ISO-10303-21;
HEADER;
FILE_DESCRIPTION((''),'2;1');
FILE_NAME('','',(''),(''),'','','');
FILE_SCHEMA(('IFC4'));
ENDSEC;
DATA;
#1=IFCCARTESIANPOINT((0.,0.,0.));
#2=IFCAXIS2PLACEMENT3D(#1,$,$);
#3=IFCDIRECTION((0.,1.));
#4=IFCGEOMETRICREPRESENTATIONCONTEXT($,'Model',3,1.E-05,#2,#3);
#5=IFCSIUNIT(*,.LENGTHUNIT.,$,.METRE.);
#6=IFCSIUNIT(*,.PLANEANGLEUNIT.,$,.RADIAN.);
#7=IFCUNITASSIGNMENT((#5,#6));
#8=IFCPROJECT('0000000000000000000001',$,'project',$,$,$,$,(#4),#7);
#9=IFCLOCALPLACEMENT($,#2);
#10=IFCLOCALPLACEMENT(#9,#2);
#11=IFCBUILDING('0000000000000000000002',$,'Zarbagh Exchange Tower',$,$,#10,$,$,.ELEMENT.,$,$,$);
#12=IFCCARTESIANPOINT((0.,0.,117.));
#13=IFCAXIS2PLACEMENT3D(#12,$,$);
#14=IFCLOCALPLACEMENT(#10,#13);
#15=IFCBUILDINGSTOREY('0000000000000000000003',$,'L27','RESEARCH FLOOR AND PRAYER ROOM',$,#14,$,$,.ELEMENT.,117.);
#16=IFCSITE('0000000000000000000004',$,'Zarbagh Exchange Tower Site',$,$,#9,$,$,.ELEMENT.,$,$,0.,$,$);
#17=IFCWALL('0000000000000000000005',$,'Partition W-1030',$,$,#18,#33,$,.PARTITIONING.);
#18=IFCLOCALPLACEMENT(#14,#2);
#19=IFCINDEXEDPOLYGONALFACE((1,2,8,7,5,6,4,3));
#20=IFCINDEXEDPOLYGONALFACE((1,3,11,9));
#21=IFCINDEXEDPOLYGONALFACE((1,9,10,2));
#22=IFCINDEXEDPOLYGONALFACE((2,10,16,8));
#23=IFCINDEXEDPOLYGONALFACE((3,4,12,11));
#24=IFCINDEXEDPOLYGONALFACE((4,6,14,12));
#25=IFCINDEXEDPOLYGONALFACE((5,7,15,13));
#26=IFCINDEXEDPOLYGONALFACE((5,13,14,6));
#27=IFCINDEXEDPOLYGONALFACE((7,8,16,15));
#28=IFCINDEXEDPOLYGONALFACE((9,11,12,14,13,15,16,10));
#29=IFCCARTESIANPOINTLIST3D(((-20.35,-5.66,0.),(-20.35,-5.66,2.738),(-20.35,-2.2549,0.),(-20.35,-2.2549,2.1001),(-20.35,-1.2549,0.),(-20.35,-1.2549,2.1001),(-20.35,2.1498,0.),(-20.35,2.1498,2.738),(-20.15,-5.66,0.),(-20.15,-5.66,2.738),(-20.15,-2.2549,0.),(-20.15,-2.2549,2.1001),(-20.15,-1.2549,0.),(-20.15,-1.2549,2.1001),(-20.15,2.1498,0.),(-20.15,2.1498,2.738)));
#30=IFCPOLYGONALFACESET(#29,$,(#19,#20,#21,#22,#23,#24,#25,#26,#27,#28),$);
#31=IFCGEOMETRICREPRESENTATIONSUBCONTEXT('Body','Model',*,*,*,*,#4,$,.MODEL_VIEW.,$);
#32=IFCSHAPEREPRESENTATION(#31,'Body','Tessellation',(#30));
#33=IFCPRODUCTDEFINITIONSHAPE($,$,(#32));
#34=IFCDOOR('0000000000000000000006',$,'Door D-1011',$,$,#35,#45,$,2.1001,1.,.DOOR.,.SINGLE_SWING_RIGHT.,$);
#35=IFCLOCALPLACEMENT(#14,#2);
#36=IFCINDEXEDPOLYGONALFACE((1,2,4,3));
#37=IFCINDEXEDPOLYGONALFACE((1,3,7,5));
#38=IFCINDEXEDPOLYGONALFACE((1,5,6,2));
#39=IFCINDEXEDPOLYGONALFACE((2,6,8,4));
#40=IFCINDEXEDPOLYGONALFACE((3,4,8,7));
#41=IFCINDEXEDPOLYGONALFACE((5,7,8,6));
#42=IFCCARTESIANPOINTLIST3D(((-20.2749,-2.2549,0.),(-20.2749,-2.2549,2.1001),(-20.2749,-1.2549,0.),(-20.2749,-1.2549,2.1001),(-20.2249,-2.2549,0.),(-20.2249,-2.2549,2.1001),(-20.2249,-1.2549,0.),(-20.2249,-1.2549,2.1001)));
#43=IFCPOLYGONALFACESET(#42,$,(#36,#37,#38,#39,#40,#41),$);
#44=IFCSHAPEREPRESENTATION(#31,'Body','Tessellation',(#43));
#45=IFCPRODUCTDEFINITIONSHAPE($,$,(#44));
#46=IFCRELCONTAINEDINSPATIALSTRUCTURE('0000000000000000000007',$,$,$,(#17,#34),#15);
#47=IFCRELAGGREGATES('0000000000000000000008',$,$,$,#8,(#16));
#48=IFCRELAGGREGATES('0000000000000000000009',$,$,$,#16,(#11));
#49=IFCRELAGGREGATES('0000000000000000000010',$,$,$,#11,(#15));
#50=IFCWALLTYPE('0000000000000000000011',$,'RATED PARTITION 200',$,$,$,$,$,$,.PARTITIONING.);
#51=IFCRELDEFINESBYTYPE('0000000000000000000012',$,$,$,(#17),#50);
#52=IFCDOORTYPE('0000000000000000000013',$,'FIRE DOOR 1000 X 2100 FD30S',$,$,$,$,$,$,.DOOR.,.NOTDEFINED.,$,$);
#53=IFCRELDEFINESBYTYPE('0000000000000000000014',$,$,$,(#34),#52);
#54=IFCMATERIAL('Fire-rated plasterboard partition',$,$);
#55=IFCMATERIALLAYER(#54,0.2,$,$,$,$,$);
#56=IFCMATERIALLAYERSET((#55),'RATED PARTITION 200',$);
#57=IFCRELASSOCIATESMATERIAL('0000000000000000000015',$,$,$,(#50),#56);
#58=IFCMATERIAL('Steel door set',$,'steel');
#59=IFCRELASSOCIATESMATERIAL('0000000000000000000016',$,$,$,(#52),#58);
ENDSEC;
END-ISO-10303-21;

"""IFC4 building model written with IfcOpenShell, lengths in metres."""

from ifc_helpers import new_model, si_unit, direction, frame, frame_2d, origin, place, context, subcontext, project, spatial, rectangle, extrude, material, layer, layer_set, type_object, element, fill, save


model = new_model("IFC4")

# Units and contexts
model_context = context("Model", 3, precision=1e-05, world=origin(), true_north=direction((0.0, 1.0)))
body_context = subcontext(model_context, "Body", "Model", "MODEL_VIEW")
ifc_project = project(units=[si_unit("LENGTHUNIT", "METRE"), si_unit("PLANEANGLEUNIT", "RADIAN")], contexts=[model_context])

# Site, building, storey
site_placement = place(None, origin())
site = spatial("IfcSite", under=ifc_project, at=site_placement, Name="Zarbagh Exchange Tower Site", CompositionType="ELEMENT", RefElevation=0.0)
building_placement = place(site_placement, origin())
building = spatial("IfcBuilding", under=site, at=building_placement, Name="Zarbagh Exchange Tower", CompositionType="ELEMENT")
storey_placement = place(building_placement, frame((0.0, 0.0, 117.0)))
storey = spatial("IfcBuildingStorey", under=building, at=storey_placement, Name="L27", Description="RESEARCH FLOOR AND PRAYER ROOM", CompositionType="ELEMENT", Elevation=117.0)

# Shared definitions
ifc_material_1 = material(Name="Fire-rated plasterboard partition")
ifc_layer = layer(ifc_material_1, 0.2)
ifc_layer_set = layer_set([ifc_layer], Name="RATED PARTITION 200")
wall_type = type_object("IfcWallType", Name="RATED PARTITION 200", PredefinedType="PARTITIONING", material=ifc_layer_set)

# Shared definitions
ifc_material_2 = material(Name="Steel door set", Category="steel")
door_type = type_object("IfcDoorType", Name="FIRE DOOR 1000 X 2100 FD30S", OperationType="NOTDEFINED", PredefinedType="DOOR", material=ifc_material_2)

# Wall, opening, door
wall_1_placement = place(storey_placement, frame((-20.25, -5.6599, 0.0), z_axis=(0.0, 0.0, 1.0), x_axis=(0.0, 1.0, 0.0)))
wall_1 = element("IfcWall", 1, at=wall_1_placement, inside=storey, type_object=wall_type, Name="Partition W-1030", PredefinedType="PARTITIONING", context=body_context, shape_type="SweptSolid", body=[
    extrude(rectangle(XDim=7.8098, YDim=0.2, at=frame_2d((3.9048, 0.0))), origin(), (0.0, 0.0, 1.0), 2.738),
])
opening_1_placement = place(wall_1_placement, frame((3.405, 0.0, 0.0)))
opening_1 = element("IfcOpeningElement", 2, at=opening_1_placement, cuts=wall_1, PredefinedType="OPENING", context=body_context, shape_type="SweptSolid", body=[
    extrude(rectangle(XDim=1.0, YDim=2.1001, at=frame_2d((0.5, 1.05))), frame((0.0, 0.1099, 0.0), z_axis=(0.0, -1.0, 0.0), x_axis=(1.0, 0.0, 0.0)), (0.0, 0.0, 1.0), 0.22),
])
door_1_placement = place(opening_1_placement, origin())
door_1 = element("IfcDoor", 3, at=door_1_placement, inside=storey, type_object=door_type, Name="Door D-1011", OperationType="SINGLE_SWING_RIGHT", OverallHeight=2.1001, OverallWidth=1.0, PredefinedType="DOOR", context=body_context, shape_type="SweptSolid", body=[
    extrude(rectangle(XDim=1.0, YDim=2.1001, at=frame_2d((0.5, 1.05))), frame((0.0, 0.0249, 0.0), z_axis=(0.0, -1.0, 0.0), x_axis=(1.0, 0.0, 0.0)), (0.0, 0.0, 1.0), 0.05),
])
fill(opening_1, door_1)

save(model, "model.ifc")
